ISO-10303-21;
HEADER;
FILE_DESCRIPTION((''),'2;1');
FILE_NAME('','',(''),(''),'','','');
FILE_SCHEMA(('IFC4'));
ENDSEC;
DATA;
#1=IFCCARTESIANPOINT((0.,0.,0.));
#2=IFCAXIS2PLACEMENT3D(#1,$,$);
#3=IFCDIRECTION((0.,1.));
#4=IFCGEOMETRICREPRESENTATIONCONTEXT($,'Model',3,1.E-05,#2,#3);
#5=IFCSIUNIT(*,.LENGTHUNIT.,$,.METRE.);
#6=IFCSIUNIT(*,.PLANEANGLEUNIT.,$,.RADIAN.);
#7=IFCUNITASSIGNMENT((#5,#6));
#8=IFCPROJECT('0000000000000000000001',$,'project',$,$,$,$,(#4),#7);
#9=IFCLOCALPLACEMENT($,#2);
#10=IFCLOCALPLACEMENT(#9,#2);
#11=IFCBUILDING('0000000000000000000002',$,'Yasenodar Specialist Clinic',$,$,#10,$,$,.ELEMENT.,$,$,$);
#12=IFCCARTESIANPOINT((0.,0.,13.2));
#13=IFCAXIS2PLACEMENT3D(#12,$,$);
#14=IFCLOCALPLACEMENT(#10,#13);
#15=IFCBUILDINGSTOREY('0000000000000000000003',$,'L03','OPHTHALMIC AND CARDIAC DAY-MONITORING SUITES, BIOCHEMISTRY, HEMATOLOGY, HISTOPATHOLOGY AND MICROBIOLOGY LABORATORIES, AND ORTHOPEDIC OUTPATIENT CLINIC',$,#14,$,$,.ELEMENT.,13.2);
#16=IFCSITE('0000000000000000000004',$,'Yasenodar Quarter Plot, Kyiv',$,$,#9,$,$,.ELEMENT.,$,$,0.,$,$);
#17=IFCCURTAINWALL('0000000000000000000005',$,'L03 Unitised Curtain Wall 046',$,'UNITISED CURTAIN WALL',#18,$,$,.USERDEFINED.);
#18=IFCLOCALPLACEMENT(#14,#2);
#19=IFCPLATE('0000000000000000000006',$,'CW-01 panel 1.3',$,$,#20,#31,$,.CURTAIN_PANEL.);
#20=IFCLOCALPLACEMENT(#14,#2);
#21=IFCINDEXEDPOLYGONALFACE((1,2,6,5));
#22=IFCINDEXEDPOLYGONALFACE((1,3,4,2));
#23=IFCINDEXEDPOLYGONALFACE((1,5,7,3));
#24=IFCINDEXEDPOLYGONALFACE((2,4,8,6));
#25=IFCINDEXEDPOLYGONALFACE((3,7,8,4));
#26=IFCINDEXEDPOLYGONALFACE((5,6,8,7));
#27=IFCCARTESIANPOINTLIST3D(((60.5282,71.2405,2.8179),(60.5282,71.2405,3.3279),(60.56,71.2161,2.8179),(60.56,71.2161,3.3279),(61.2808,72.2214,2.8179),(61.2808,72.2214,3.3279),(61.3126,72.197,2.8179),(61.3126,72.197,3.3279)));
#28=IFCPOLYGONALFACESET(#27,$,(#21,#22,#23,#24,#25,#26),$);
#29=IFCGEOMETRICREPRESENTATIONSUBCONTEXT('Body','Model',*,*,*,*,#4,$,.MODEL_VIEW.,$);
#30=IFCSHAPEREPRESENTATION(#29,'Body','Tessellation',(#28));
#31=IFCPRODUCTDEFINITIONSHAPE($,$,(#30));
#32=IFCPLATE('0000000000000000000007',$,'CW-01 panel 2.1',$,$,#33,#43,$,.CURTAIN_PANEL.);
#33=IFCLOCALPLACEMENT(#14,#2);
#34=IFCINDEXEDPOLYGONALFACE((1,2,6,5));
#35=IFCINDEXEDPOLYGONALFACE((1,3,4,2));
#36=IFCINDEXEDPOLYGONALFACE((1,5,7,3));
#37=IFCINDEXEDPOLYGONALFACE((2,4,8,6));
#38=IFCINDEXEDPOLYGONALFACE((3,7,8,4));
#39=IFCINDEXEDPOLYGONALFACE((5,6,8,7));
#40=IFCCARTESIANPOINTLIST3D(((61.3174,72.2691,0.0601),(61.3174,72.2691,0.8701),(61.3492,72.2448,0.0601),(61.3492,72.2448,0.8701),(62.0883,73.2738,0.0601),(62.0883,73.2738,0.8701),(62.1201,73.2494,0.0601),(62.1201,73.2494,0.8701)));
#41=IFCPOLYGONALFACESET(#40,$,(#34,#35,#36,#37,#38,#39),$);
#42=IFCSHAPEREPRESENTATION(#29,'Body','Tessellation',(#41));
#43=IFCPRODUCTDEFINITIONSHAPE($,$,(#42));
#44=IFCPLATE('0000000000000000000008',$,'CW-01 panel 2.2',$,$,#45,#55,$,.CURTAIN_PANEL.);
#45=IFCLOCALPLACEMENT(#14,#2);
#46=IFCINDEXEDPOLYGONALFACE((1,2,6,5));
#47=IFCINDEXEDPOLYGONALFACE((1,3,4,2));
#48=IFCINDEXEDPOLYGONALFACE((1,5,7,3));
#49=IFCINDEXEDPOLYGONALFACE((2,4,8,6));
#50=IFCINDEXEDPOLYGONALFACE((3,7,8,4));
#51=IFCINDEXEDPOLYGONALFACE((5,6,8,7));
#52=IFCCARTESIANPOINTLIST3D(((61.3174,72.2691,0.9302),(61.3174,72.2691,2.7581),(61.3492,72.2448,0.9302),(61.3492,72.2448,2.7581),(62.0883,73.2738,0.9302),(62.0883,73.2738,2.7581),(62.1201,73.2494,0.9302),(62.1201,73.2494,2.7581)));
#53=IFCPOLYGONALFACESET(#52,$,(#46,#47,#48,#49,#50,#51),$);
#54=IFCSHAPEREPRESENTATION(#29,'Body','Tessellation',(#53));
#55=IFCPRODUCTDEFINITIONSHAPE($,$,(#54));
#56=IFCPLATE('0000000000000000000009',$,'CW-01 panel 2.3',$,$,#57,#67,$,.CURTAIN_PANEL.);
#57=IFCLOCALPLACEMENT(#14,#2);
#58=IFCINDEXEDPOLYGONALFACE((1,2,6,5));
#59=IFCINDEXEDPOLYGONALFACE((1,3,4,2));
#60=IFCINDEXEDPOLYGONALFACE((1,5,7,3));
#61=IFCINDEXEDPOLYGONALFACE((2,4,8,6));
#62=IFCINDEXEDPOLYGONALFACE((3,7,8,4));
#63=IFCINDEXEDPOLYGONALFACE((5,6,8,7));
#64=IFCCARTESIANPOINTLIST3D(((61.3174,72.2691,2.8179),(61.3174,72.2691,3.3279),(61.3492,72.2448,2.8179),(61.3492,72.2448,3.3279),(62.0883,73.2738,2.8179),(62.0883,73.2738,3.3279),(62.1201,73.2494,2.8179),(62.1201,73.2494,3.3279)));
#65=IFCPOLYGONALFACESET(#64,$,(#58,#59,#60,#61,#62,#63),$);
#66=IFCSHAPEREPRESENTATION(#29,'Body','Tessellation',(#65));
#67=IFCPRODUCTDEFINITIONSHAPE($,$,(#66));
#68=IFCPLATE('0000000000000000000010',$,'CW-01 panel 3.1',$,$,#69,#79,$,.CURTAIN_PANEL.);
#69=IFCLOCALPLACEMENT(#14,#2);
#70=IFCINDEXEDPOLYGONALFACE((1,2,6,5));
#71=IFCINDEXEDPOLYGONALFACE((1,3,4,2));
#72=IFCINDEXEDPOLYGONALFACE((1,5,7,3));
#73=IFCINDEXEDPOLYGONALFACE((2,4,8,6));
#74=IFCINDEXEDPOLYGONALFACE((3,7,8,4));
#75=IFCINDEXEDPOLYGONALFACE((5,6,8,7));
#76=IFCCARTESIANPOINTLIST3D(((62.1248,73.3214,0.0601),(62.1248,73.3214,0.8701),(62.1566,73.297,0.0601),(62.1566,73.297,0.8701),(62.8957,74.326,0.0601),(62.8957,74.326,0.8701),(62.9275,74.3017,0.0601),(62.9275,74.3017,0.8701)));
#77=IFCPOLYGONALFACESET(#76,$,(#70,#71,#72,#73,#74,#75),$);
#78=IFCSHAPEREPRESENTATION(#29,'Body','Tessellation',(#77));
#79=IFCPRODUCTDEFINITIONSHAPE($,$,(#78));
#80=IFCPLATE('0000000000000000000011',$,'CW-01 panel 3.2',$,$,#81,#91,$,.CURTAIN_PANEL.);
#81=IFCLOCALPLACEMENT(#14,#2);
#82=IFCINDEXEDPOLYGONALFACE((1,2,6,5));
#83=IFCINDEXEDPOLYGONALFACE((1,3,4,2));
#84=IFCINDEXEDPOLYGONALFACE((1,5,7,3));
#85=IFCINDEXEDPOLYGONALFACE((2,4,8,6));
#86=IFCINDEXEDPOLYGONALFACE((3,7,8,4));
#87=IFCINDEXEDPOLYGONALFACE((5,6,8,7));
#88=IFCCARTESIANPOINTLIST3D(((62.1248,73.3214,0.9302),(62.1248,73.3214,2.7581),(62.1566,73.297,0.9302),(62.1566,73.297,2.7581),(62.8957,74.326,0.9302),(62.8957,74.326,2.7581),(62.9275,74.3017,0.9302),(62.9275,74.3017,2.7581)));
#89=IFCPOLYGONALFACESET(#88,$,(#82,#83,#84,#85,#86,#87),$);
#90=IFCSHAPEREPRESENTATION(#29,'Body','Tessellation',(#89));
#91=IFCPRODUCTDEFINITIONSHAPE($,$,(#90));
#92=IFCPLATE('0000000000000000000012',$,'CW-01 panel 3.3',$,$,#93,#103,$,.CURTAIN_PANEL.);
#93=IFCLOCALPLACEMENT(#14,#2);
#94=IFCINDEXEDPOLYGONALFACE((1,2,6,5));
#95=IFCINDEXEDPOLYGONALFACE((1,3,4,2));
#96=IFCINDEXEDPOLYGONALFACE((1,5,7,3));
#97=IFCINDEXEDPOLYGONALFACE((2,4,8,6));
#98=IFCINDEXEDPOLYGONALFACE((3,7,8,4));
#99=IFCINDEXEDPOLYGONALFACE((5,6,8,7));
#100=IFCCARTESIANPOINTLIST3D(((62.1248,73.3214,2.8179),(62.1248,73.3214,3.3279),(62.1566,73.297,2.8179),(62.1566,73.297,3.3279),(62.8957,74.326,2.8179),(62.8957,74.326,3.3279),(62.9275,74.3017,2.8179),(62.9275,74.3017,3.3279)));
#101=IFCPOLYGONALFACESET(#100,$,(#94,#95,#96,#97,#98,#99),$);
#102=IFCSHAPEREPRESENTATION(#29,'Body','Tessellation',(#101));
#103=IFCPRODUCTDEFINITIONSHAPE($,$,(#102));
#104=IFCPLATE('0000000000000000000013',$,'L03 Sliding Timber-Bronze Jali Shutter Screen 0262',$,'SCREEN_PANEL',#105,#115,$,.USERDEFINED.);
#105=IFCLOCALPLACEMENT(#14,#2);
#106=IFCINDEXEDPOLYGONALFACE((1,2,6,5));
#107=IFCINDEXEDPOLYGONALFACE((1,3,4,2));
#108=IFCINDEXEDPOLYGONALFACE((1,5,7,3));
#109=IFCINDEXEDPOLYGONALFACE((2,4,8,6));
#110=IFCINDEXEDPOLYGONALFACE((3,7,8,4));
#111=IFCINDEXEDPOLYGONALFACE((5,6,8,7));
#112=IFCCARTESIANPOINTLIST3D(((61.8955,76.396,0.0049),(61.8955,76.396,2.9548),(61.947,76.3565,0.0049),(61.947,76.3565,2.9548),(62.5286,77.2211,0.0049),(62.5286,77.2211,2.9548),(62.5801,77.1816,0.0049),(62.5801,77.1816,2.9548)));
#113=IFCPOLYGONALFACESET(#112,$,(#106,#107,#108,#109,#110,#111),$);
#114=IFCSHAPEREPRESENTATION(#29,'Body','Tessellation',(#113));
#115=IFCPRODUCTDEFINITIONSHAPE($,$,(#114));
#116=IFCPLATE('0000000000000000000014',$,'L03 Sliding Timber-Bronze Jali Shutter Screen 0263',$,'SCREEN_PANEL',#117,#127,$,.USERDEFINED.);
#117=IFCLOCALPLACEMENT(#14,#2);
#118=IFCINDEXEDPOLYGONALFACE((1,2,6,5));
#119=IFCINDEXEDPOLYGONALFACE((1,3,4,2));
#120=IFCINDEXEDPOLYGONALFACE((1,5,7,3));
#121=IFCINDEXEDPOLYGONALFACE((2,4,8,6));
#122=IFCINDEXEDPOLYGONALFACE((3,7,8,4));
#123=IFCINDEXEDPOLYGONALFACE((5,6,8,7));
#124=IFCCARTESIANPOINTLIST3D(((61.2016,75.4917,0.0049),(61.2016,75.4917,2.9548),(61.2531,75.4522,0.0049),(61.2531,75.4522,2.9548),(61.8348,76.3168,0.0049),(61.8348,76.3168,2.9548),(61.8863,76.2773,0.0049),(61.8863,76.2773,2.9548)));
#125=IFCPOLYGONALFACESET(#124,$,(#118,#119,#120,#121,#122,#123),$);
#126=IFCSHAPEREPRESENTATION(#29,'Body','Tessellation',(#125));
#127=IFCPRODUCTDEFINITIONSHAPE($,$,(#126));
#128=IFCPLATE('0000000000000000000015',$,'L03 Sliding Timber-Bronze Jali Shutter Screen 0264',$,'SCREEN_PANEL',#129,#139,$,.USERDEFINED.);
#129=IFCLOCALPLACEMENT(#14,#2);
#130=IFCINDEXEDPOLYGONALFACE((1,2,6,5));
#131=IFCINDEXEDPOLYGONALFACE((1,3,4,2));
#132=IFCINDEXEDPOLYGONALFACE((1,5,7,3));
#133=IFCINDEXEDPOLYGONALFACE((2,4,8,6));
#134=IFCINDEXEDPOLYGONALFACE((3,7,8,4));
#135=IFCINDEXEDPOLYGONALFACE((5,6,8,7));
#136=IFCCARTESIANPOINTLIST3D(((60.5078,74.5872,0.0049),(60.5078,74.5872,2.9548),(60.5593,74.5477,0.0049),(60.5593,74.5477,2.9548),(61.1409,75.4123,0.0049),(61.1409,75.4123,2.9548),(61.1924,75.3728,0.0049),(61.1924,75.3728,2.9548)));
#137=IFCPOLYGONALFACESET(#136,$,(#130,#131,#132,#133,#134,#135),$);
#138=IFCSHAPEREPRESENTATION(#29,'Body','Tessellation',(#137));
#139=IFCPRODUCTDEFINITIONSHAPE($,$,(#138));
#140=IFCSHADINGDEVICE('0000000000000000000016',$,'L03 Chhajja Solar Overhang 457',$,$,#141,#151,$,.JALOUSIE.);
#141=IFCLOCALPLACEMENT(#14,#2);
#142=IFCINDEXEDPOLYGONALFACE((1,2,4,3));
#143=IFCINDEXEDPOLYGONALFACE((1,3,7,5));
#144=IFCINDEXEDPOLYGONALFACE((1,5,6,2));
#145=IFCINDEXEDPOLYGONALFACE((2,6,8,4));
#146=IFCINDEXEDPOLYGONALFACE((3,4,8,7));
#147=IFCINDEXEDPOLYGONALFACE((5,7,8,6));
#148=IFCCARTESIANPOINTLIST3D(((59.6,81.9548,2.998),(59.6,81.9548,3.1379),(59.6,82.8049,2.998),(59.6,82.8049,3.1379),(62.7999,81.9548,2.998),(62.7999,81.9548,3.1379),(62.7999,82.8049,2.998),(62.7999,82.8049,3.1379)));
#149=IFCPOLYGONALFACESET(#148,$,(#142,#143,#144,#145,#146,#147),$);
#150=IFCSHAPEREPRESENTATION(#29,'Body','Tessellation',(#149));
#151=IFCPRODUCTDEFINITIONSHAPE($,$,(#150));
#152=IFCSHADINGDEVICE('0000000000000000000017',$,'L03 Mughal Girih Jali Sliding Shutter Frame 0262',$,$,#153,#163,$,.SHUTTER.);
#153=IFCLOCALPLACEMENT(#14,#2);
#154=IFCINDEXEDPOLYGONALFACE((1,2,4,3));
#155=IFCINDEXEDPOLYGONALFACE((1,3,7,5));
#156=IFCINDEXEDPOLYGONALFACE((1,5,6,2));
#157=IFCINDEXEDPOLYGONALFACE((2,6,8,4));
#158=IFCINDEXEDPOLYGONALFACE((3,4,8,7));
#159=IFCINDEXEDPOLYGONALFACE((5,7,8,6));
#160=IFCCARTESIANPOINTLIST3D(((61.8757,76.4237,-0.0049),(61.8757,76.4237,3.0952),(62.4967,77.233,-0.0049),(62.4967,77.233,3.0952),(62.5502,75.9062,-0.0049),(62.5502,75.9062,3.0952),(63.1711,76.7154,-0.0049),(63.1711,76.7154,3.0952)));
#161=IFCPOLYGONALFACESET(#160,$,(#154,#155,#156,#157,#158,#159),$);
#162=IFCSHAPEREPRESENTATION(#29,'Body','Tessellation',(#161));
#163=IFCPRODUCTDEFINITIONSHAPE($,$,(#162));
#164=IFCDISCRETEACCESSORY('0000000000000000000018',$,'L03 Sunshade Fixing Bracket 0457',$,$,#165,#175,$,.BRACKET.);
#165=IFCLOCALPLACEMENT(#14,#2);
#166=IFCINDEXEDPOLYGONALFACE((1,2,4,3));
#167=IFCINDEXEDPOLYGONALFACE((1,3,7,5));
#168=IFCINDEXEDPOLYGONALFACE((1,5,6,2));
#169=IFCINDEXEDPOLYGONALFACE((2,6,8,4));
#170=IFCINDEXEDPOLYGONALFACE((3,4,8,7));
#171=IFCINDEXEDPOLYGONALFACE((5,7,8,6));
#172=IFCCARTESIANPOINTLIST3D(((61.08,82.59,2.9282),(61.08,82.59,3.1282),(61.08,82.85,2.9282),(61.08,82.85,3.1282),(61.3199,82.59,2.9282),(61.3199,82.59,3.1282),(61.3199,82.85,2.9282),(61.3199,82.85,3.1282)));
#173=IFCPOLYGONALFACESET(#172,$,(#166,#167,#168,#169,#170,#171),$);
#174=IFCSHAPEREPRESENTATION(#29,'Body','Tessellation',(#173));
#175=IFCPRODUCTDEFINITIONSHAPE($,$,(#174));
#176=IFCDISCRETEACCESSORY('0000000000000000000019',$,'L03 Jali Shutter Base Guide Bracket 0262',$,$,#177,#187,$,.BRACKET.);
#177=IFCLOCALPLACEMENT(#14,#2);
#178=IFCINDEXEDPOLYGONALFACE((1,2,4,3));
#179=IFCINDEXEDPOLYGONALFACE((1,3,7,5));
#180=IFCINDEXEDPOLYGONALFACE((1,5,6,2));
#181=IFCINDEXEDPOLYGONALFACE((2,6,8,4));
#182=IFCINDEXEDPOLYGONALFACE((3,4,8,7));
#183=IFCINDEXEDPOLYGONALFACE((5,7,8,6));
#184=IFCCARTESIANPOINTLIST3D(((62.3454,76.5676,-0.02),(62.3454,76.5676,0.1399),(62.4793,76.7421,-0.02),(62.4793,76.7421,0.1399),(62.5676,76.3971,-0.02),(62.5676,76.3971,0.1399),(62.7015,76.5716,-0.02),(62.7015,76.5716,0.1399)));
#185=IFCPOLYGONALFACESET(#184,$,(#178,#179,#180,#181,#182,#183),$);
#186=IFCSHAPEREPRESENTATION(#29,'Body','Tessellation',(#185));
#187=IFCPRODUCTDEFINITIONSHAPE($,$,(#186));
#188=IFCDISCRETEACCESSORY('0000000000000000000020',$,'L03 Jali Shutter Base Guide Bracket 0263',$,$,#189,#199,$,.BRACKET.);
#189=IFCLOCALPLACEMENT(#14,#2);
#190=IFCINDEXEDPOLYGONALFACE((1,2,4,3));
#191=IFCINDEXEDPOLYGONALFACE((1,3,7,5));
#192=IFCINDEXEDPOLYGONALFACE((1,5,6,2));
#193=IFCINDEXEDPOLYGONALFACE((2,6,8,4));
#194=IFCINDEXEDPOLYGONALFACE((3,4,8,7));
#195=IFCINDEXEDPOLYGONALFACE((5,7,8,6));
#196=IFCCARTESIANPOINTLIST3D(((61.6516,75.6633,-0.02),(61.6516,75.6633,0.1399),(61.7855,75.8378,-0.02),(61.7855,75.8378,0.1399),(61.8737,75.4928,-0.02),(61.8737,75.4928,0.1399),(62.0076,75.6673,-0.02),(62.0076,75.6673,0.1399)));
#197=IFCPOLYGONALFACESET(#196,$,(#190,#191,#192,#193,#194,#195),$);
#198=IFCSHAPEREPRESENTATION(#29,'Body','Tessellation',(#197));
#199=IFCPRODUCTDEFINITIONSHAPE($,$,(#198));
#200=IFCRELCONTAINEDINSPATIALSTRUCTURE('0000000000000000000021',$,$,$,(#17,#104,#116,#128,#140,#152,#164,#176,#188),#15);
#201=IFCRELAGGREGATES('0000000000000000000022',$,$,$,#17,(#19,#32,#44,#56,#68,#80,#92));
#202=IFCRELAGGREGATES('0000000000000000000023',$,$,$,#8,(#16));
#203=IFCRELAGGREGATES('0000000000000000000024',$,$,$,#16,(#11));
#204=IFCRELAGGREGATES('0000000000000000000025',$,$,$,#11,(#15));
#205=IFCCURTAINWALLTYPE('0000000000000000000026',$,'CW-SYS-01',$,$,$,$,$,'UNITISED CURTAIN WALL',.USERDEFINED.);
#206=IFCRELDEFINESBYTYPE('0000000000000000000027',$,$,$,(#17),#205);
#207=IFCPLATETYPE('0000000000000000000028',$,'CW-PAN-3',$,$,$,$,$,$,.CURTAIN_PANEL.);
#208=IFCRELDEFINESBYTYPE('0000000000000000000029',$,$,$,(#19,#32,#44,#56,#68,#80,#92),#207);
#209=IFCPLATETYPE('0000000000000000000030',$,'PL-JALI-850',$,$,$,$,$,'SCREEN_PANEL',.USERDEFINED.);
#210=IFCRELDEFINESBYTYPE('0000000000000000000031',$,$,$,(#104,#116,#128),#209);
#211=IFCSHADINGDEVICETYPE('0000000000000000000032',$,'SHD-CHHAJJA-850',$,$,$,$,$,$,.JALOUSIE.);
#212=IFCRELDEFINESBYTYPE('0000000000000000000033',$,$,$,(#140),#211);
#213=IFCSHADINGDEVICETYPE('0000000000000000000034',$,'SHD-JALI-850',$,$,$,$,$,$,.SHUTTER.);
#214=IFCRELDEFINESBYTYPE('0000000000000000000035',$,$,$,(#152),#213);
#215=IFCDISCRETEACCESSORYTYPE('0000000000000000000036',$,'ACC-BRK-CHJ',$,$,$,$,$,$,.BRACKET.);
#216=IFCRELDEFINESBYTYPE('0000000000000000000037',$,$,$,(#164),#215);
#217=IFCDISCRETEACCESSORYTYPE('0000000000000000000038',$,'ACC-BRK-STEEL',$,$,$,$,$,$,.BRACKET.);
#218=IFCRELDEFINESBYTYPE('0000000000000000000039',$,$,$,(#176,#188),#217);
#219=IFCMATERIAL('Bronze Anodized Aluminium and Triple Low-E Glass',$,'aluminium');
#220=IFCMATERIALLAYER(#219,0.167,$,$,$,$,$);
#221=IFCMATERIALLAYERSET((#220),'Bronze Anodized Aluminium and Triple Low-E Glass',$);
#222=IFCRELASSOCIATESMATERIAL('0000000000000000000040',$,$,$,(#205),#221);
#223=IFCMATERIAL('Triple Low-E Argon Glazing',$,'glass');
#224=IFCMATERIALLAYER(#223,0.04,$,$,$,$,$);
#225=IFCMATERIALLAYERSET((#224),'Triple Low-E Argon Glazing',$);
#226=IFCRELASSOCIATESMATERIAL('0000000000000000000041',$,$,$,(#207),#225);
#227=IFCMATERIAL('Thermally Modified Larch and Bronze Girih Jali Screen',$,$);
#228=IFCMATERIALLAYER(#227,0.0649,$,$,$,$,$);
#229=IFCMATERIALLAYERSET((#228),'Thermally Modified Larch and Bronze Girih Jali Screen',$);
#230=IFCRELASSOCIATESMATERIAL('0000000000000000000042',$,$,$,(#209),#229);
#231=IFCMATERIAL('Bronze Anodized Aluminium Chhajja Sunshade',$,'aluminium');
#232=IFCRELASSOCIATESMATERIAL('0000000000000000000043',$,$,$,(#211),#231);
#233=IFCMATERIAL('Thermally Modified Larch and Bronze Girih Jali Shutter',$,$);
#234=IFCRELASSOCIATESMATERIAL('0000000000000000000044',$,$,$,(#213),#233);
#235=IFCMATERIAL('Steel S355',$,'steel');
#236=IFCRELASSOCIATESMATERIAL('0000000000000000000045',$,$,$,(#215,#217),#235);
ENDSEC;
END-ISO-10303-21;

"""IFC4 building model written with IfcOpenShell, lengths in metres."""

from ifc_helpers import new_model, si_unit, direction, frame, origin, origin_2d, place, context, subcontext, project, spatial, rectangle, extrude, material, layer, layer_set, type_object, element, aggregate, save


model = new_model("IFC4")

# Units and contexts
model_context = context("Model", 3, precision=1e-05, world=origin(), true_north=direction((0.0, 1.0)))
body_context = subcontext(model_context, "Body", "Model", "MODEL_VIEW")
ifc_project = project(units=[si_unit("LENGTHUNIT", "METRE"), si_unit("PLANEANGLEUNIT", "RADIAN")], contexts=[model_context])

# Site, building, storey
site_placement = place(None, origin())
site = spatial("IfcSite", under=ifc_project, at=site_placement, Name="Yasenodar Quarter Plot, Kyiv", CompositionType="ELEMENT", RefElevation=0.0)
building_placement = place(site_placement, origin())
building = spatial("IfcBuilding", under=site, at=building_placement, Name="Yasenodar Specialist Clinic", CompositionType="ELEMENT")
storey_placement = place(building_placement, frame((0.0, 0.0, 13.2)))
storey = spatial("IfcBuildingStorey", under=building, at=storey_placement, Name="L03", Description="OPHTHALMIC AND CARDIAC DAY-MONITORING SUITES, BIOCHEMISTRY, HEMATOLOGY, HISTOPATHOLOGY AND MICROBIOLOGY LABORATORIES, AND ORTHOPEDIC OUTPATIENT CLINIC", CompositionType="ELEMENT", Elevation=13.2)

# Curtain wall, plates
ifc_material_1 = material(Name="Bronze Anodized Aluminium and Triple Low-E Glass", Category="aluminium")
ifc_layer_1 = layer(ifc_material_1, 0.167)
ifc_layer_set_1 = layer_set([ifc_layer_1], Name="Bronze Anodized Aluminium and Triple Low-E Glass")
curtain_wall_type = type_object("IfcCurtainWallType", Name="CW-SYS-01", ElementType="UNITISED CURTAIN WALL", PredefinedType="USERDEFINED", material=ifc_layer_set_1)
curtain_wall_placement = place(storey_placement, origin())
curtain_wall = element("IfcCurtainWall", 1, at=curtain_wall_placement, inside=storey, type_object=curtain_wall_type, Name="L03 Unitised Curtain Wall 046", ObjectType="UNITISED CURTAIN WALL", PredefinedType="USERDEFINED")
ifc_material_2 = material(Name="Triple Low-E Argon Glazing", Category="glass")
ifc_layer_2 = layer(ifc_material_2, 0.04)
ifc_layer_set_2 = layer_set([ifc_layer_2], Name="Triple Low-E Argon Glazing")
plate_type_1 = type_object("IfcPlateType", Name="CW-PAN-3", PredefinedType="CURTAIN_PANEL", material=ifc_layer_set_2)
plate_1_placement = place(storey_placement, frame((60.9204, 71.7188, 2.8179), z_axis=(0.0, 0.0, 1.0), x_axis=(0.608752, 0.793361, 0.0)))
plate_1 = element("IfcPlate", 2, at=plate_1_placement, type_object=plate_type_1, Name="CW-01 panel 1.3", PredefinedType="CURTAIN_PANEL", context=body_context, shape_type="SweptSolid", body=[
    extrude(rectangle(XDim=1.2363, YDim=0.04, at=origin_2d()), origin(), (0.0, 0.0, 1.0), 0.51),
])
plate_2_placement = place(storey_placement, frame((61.7188, 72.7593, 0.0601), z_axis=(0.0, 0.0, 1.0), x_axis=(0.608752, 0.793361, 0.0)))
plate_2 = element("IfcPlate", 3, at=plate_2_placement, type_object=plate_type_1, Name="CW-01 panel 2.1", PredefinedType="CURTAIN_PANEL", context=body_context, shape_type="SweptSolid", body=[
    extrude(rectangle(XDim=1.2664, YDim=0.04, at=origin_2d()), origin(), (0.0, 0.0, 1.0), 0.8101),
])
plate_3_placement = place(storey_placement, frame((61.7188, 72.7593, 0.9302), z_axis=(0.0, 0.0, 1.0), x_axis=(0.608752, 0.793361, 0.0)))
plate_3 = element("IfcPlate", 4, at=plate_3_placement, type_object=plate_type_1, Name="CW-01 panel 2.2", PredefinedType="CURTAIN_PANEL", context=body_context, shape_type="SweptSolid", body=[
    extrude(rectangle(XDim=1.2664, YDim=0.04, at=origin_2d()), origin(), (0.0, 0.0, 1.0), 1.8279),
])
plate_4_placement = place(storey_placement, frame((61.7188, 72.7593, 2.8179), z_axis=(0.0, 0.0, 1.0), x_axis=(0.608752, 0.793361, 0.0)))
plate_4 = element("IfcPlate", 5, at=plate_4_placement, type_object=plate_type_1, Name="CW-01 panel 2.3", PredefinedType="CURTAIN_PANEL", context=body_context, shape_type="SweptSolid", body=[
    extrude(rectangle(XDim=1.2664, YDim=0.04, at=origin_2d()), origin(), (0.0, 0.0, 1.0), 0.51),
])
plate_5_placement = place(storey_placement, frame((62.5261, 73.8115, 0.0601), z_axis=(0.0, 0.0, 1.0), x_axis=(0.608752, 0.793361, 0.0)))
plate_5 = element("IfcPlate", 6, at=plate_5_placement, type_object=plate_type_1, Name="CW-01 panel 3.1", PredefinedType="CURTAIN_PANEL", context=body_context, shape_type="SweptSolid", body=[
    extrude(rectangle(XDim=1.2664, YDim=0.04, at=origin_2d()), origin(), (0.0, 0.0, 1.0), 0.8101),
])
plate_6_placement = place(storey_placement, frame((62.5261, 73.8115, 0.9302), z_axis=(0.0, 0.0, 1.0), x_axis=(0.608752, 0.793361, 0.0)))
plate_6 = element("IfcPlate", 7, at=plate_6_placement, type_object=plate_type_1, Name="CW-01 panel 3.2", PredefinedType="CURTAIN_PANEL", context=body_context, shape_type="SweptSolid", body=[
    extrude(rectangle(XDim=1.2664, YDim=0.04, at=origin_2d()), origin(), (0.0, 0.0, 1.0), 1.8279),
])
plate_7_placement = place(storey_placement, frame((62.5261, 73.8115, 2.8179), z_axis=(0.0, 0.0, 1.0), x_axis=(0.608752, 0.793361, 0.0)))
plate_7 = element("IfcPlate", 8, at=plate_7_placement, type_object=plate_type_1, Name="CW-01 panel 3.3", PredefinedType="CURTAIN_PANEL", context=body_context, shape_type="SweptSolid", body=[
    extrude(rectangle(XDim=1.2664, YDim=0.04, at=origin_2d()), origin(), (0.0, 0.0, 1.0), 0.51),
])
aggregate(curtain_wall, [plate_1, plate_2, plate_3, plate_4, plate_5, plate_6, plate_7])

# Plates
ifc_material_3 = material(Name="Thermally Modified Larch and Bronze Girih Jali Screen")
ifc_layer_3 = layer(ifc_material_3, 0.0649)
ifc_layer_set_3 = layer_set([ifc_layer_3], Name="Thermally Modified Larch and Bronze Girih Jali Screen")
plate_type_2 = type_object("IfcPlateType", Name="PL-JALI-850", ElementType="SCREEN_PANEL", PredefinedType="USERDEFINED", material=ifc_layer_set_3)
for number, where, z_axis, x_axis, name in (
    (9, (62.2378, 76.7888, 0.0049), (0.0, 0.0, 1.0), (-0.608764, -0.793351, 0.0), "L03 Sliding Timber-Bronze Jali Shutter Screen 0262"),
    (10, (61.5439, 75.8845, 0.0049), (0.0, 0.0, 1.0), (-0.608764, -0.793351, 0.0), "L03 Sliding Timber-Bronze Jali Shutter Screen 0263"),
    (11, (60.8501, 74.98, 0.0049), (0.0, 0.0, 1.0), (-0.608764, -0.793351, 0.0), "L03 Sliding Timber-Bronze Jali Shutter Screen 0264"),
):
    element("IfcPlate", number, at=place(storey_placement, frame(where, z_axis=z_axis, x_axis=x_axis)), inside=storey, type_object=plate_type_2, Name=name, ObjectType="SCREEN_PANEL", PredefinedType="USERDEFINED", context=body_context, shape_type="SweptSolid", body=[
        extrude(rectangle(XDim=1.04, YDim=0.0649, at=origin_2d()), origin(), (0.0, 0.0, 1.0), 2.95),
    ])

# Shading devices
ifc_material_4 = material(Name="Bronze Anodized Aluminium Chhajja Sunshade", Category="aluminium")
shading_device_type_1 = type_object("IfcShadingDeviceType", Name="SHD-CHHAJJA-850", PredefinedType="JALOUSIE", material=ifc_material_4)
shading_device_1_placement = place(storey_placement, frame((61.2, 82.3799, 2.998), z_axis=(0.0, 0.0, 1.0), x_axis=(-1.0, 0.0, 0.0)))
element("IfcShadingDevice", 12, at=shading_device_1_placement, inside=storey, type_object=shading_device_type_1, Name="L03 Chhajja Solar Overhang 457", PredefinedType="JALOUSIE", context=body_context, shape_type="SweptSolid", body=[
    extrude(rectangle(XDim=3.2, YDim=0.8501, at=origin_2d()), origin(), (0.0, 0.0, 1.0), 0.1399),
])
ifc_material_5 = material(Name="Thermally Modified Larch and Bronze Girih Jali Shutter")
shading_device_type_2 = type_object("IfcShadingDeviceType", Name="SHD-JALI-850", PredefinedType="SHUTTER", material=ifc_material_5)
shading_device_2_placement = place(storey_placement, frame((62.5234, 76.5696, -0.0049), z_axis=(0.0, 0.0, 1.0), x_axis=(-0.608764, -0.793351, 0.0)))
element("IfcShadingDevice", 13, at=shading_device_2_placement, inside=storey, type_object=shading_device_type_2, Name="L03 Mughal Girih Jali Sliding Shutter Frame 0262", PredefinedType="SHUTTER", context=body_context, shape_type="SweptSolid", body=[
    extrude(rectangle(XDim=1.02, YDim=0.8501, at=origin_2d()), origin(), (0.0, 0.0, 1.0), 3.1001),
])

# Discrete accessories
ifc_material_6 = material(Name="Steel S355", Category="steel")
discrete_accessory_type_1 = type_object("IfcDiscreteAccessoryType", Name="ACC-BRK-CHJ", PredefinedType="BRACKET", material=ifc_material_6)
discrete_accessory_placement = place(storey_placement, frame((61.2, 82.72, 2.9282), z_axis=(0.0, 0.0, 1.0), x_axis=(-1.0, 0.0, 0.0)))
element("IfcDiscreteAccessory", 14, at=discrete_accessory_placement, inside=storey, type_object=discrete_accessory_type_1, Name="L03 Sunshade Fixing Bracket 0457", PredefinedType="BRACKET", context=body_context, shape_type="SweptSolid", body=[
    extrude(rectangle(XDim=0.24, YDim=0.26, at=origin_2d()), origin(), (0.0, 0.0, 1.0), 0.2),
])
discrete_accessory_type_2 = type_object("IfcDiscreteAccessoryType", Name="ACC-BRK-STEEL", PredefinedType="BRACKET", material=ifc_material_6)
for number, where, z_axis, x_axis, name in (
    (15, (62.5234, 76.5696, -0.02), (0.0, 0.0, 1.0), (-0.608764, -0.793351, 0.0), "L03 Jali Shutter Base Guide Bracket 0262"),
    (16, (61.8296, 75.6653, -0.02), (0.0, 0.0, 1.0), (-0.608764, -0.793351, 0.0), "L03 Jali Shutter Base Guide Bracket 0263"),
):
    element("IfcDiscreteAccessory", number, at=place(storey_placement, frame(where, z_axis=z_axis, x_axis=x_axis)), inside=storey, type_object=discrete_accessory_type_2, Name=name, PredefinedType="BRACKET", context=body_context, shape_type="SweptSolid", body=[
        extrude(rectangle(XDim=0.22, YDim=0.28, at=origin_2d()), origin(), (0.0, 0.0, 1.0), 0.1599),
    ])

save(model, "model.ifc")
